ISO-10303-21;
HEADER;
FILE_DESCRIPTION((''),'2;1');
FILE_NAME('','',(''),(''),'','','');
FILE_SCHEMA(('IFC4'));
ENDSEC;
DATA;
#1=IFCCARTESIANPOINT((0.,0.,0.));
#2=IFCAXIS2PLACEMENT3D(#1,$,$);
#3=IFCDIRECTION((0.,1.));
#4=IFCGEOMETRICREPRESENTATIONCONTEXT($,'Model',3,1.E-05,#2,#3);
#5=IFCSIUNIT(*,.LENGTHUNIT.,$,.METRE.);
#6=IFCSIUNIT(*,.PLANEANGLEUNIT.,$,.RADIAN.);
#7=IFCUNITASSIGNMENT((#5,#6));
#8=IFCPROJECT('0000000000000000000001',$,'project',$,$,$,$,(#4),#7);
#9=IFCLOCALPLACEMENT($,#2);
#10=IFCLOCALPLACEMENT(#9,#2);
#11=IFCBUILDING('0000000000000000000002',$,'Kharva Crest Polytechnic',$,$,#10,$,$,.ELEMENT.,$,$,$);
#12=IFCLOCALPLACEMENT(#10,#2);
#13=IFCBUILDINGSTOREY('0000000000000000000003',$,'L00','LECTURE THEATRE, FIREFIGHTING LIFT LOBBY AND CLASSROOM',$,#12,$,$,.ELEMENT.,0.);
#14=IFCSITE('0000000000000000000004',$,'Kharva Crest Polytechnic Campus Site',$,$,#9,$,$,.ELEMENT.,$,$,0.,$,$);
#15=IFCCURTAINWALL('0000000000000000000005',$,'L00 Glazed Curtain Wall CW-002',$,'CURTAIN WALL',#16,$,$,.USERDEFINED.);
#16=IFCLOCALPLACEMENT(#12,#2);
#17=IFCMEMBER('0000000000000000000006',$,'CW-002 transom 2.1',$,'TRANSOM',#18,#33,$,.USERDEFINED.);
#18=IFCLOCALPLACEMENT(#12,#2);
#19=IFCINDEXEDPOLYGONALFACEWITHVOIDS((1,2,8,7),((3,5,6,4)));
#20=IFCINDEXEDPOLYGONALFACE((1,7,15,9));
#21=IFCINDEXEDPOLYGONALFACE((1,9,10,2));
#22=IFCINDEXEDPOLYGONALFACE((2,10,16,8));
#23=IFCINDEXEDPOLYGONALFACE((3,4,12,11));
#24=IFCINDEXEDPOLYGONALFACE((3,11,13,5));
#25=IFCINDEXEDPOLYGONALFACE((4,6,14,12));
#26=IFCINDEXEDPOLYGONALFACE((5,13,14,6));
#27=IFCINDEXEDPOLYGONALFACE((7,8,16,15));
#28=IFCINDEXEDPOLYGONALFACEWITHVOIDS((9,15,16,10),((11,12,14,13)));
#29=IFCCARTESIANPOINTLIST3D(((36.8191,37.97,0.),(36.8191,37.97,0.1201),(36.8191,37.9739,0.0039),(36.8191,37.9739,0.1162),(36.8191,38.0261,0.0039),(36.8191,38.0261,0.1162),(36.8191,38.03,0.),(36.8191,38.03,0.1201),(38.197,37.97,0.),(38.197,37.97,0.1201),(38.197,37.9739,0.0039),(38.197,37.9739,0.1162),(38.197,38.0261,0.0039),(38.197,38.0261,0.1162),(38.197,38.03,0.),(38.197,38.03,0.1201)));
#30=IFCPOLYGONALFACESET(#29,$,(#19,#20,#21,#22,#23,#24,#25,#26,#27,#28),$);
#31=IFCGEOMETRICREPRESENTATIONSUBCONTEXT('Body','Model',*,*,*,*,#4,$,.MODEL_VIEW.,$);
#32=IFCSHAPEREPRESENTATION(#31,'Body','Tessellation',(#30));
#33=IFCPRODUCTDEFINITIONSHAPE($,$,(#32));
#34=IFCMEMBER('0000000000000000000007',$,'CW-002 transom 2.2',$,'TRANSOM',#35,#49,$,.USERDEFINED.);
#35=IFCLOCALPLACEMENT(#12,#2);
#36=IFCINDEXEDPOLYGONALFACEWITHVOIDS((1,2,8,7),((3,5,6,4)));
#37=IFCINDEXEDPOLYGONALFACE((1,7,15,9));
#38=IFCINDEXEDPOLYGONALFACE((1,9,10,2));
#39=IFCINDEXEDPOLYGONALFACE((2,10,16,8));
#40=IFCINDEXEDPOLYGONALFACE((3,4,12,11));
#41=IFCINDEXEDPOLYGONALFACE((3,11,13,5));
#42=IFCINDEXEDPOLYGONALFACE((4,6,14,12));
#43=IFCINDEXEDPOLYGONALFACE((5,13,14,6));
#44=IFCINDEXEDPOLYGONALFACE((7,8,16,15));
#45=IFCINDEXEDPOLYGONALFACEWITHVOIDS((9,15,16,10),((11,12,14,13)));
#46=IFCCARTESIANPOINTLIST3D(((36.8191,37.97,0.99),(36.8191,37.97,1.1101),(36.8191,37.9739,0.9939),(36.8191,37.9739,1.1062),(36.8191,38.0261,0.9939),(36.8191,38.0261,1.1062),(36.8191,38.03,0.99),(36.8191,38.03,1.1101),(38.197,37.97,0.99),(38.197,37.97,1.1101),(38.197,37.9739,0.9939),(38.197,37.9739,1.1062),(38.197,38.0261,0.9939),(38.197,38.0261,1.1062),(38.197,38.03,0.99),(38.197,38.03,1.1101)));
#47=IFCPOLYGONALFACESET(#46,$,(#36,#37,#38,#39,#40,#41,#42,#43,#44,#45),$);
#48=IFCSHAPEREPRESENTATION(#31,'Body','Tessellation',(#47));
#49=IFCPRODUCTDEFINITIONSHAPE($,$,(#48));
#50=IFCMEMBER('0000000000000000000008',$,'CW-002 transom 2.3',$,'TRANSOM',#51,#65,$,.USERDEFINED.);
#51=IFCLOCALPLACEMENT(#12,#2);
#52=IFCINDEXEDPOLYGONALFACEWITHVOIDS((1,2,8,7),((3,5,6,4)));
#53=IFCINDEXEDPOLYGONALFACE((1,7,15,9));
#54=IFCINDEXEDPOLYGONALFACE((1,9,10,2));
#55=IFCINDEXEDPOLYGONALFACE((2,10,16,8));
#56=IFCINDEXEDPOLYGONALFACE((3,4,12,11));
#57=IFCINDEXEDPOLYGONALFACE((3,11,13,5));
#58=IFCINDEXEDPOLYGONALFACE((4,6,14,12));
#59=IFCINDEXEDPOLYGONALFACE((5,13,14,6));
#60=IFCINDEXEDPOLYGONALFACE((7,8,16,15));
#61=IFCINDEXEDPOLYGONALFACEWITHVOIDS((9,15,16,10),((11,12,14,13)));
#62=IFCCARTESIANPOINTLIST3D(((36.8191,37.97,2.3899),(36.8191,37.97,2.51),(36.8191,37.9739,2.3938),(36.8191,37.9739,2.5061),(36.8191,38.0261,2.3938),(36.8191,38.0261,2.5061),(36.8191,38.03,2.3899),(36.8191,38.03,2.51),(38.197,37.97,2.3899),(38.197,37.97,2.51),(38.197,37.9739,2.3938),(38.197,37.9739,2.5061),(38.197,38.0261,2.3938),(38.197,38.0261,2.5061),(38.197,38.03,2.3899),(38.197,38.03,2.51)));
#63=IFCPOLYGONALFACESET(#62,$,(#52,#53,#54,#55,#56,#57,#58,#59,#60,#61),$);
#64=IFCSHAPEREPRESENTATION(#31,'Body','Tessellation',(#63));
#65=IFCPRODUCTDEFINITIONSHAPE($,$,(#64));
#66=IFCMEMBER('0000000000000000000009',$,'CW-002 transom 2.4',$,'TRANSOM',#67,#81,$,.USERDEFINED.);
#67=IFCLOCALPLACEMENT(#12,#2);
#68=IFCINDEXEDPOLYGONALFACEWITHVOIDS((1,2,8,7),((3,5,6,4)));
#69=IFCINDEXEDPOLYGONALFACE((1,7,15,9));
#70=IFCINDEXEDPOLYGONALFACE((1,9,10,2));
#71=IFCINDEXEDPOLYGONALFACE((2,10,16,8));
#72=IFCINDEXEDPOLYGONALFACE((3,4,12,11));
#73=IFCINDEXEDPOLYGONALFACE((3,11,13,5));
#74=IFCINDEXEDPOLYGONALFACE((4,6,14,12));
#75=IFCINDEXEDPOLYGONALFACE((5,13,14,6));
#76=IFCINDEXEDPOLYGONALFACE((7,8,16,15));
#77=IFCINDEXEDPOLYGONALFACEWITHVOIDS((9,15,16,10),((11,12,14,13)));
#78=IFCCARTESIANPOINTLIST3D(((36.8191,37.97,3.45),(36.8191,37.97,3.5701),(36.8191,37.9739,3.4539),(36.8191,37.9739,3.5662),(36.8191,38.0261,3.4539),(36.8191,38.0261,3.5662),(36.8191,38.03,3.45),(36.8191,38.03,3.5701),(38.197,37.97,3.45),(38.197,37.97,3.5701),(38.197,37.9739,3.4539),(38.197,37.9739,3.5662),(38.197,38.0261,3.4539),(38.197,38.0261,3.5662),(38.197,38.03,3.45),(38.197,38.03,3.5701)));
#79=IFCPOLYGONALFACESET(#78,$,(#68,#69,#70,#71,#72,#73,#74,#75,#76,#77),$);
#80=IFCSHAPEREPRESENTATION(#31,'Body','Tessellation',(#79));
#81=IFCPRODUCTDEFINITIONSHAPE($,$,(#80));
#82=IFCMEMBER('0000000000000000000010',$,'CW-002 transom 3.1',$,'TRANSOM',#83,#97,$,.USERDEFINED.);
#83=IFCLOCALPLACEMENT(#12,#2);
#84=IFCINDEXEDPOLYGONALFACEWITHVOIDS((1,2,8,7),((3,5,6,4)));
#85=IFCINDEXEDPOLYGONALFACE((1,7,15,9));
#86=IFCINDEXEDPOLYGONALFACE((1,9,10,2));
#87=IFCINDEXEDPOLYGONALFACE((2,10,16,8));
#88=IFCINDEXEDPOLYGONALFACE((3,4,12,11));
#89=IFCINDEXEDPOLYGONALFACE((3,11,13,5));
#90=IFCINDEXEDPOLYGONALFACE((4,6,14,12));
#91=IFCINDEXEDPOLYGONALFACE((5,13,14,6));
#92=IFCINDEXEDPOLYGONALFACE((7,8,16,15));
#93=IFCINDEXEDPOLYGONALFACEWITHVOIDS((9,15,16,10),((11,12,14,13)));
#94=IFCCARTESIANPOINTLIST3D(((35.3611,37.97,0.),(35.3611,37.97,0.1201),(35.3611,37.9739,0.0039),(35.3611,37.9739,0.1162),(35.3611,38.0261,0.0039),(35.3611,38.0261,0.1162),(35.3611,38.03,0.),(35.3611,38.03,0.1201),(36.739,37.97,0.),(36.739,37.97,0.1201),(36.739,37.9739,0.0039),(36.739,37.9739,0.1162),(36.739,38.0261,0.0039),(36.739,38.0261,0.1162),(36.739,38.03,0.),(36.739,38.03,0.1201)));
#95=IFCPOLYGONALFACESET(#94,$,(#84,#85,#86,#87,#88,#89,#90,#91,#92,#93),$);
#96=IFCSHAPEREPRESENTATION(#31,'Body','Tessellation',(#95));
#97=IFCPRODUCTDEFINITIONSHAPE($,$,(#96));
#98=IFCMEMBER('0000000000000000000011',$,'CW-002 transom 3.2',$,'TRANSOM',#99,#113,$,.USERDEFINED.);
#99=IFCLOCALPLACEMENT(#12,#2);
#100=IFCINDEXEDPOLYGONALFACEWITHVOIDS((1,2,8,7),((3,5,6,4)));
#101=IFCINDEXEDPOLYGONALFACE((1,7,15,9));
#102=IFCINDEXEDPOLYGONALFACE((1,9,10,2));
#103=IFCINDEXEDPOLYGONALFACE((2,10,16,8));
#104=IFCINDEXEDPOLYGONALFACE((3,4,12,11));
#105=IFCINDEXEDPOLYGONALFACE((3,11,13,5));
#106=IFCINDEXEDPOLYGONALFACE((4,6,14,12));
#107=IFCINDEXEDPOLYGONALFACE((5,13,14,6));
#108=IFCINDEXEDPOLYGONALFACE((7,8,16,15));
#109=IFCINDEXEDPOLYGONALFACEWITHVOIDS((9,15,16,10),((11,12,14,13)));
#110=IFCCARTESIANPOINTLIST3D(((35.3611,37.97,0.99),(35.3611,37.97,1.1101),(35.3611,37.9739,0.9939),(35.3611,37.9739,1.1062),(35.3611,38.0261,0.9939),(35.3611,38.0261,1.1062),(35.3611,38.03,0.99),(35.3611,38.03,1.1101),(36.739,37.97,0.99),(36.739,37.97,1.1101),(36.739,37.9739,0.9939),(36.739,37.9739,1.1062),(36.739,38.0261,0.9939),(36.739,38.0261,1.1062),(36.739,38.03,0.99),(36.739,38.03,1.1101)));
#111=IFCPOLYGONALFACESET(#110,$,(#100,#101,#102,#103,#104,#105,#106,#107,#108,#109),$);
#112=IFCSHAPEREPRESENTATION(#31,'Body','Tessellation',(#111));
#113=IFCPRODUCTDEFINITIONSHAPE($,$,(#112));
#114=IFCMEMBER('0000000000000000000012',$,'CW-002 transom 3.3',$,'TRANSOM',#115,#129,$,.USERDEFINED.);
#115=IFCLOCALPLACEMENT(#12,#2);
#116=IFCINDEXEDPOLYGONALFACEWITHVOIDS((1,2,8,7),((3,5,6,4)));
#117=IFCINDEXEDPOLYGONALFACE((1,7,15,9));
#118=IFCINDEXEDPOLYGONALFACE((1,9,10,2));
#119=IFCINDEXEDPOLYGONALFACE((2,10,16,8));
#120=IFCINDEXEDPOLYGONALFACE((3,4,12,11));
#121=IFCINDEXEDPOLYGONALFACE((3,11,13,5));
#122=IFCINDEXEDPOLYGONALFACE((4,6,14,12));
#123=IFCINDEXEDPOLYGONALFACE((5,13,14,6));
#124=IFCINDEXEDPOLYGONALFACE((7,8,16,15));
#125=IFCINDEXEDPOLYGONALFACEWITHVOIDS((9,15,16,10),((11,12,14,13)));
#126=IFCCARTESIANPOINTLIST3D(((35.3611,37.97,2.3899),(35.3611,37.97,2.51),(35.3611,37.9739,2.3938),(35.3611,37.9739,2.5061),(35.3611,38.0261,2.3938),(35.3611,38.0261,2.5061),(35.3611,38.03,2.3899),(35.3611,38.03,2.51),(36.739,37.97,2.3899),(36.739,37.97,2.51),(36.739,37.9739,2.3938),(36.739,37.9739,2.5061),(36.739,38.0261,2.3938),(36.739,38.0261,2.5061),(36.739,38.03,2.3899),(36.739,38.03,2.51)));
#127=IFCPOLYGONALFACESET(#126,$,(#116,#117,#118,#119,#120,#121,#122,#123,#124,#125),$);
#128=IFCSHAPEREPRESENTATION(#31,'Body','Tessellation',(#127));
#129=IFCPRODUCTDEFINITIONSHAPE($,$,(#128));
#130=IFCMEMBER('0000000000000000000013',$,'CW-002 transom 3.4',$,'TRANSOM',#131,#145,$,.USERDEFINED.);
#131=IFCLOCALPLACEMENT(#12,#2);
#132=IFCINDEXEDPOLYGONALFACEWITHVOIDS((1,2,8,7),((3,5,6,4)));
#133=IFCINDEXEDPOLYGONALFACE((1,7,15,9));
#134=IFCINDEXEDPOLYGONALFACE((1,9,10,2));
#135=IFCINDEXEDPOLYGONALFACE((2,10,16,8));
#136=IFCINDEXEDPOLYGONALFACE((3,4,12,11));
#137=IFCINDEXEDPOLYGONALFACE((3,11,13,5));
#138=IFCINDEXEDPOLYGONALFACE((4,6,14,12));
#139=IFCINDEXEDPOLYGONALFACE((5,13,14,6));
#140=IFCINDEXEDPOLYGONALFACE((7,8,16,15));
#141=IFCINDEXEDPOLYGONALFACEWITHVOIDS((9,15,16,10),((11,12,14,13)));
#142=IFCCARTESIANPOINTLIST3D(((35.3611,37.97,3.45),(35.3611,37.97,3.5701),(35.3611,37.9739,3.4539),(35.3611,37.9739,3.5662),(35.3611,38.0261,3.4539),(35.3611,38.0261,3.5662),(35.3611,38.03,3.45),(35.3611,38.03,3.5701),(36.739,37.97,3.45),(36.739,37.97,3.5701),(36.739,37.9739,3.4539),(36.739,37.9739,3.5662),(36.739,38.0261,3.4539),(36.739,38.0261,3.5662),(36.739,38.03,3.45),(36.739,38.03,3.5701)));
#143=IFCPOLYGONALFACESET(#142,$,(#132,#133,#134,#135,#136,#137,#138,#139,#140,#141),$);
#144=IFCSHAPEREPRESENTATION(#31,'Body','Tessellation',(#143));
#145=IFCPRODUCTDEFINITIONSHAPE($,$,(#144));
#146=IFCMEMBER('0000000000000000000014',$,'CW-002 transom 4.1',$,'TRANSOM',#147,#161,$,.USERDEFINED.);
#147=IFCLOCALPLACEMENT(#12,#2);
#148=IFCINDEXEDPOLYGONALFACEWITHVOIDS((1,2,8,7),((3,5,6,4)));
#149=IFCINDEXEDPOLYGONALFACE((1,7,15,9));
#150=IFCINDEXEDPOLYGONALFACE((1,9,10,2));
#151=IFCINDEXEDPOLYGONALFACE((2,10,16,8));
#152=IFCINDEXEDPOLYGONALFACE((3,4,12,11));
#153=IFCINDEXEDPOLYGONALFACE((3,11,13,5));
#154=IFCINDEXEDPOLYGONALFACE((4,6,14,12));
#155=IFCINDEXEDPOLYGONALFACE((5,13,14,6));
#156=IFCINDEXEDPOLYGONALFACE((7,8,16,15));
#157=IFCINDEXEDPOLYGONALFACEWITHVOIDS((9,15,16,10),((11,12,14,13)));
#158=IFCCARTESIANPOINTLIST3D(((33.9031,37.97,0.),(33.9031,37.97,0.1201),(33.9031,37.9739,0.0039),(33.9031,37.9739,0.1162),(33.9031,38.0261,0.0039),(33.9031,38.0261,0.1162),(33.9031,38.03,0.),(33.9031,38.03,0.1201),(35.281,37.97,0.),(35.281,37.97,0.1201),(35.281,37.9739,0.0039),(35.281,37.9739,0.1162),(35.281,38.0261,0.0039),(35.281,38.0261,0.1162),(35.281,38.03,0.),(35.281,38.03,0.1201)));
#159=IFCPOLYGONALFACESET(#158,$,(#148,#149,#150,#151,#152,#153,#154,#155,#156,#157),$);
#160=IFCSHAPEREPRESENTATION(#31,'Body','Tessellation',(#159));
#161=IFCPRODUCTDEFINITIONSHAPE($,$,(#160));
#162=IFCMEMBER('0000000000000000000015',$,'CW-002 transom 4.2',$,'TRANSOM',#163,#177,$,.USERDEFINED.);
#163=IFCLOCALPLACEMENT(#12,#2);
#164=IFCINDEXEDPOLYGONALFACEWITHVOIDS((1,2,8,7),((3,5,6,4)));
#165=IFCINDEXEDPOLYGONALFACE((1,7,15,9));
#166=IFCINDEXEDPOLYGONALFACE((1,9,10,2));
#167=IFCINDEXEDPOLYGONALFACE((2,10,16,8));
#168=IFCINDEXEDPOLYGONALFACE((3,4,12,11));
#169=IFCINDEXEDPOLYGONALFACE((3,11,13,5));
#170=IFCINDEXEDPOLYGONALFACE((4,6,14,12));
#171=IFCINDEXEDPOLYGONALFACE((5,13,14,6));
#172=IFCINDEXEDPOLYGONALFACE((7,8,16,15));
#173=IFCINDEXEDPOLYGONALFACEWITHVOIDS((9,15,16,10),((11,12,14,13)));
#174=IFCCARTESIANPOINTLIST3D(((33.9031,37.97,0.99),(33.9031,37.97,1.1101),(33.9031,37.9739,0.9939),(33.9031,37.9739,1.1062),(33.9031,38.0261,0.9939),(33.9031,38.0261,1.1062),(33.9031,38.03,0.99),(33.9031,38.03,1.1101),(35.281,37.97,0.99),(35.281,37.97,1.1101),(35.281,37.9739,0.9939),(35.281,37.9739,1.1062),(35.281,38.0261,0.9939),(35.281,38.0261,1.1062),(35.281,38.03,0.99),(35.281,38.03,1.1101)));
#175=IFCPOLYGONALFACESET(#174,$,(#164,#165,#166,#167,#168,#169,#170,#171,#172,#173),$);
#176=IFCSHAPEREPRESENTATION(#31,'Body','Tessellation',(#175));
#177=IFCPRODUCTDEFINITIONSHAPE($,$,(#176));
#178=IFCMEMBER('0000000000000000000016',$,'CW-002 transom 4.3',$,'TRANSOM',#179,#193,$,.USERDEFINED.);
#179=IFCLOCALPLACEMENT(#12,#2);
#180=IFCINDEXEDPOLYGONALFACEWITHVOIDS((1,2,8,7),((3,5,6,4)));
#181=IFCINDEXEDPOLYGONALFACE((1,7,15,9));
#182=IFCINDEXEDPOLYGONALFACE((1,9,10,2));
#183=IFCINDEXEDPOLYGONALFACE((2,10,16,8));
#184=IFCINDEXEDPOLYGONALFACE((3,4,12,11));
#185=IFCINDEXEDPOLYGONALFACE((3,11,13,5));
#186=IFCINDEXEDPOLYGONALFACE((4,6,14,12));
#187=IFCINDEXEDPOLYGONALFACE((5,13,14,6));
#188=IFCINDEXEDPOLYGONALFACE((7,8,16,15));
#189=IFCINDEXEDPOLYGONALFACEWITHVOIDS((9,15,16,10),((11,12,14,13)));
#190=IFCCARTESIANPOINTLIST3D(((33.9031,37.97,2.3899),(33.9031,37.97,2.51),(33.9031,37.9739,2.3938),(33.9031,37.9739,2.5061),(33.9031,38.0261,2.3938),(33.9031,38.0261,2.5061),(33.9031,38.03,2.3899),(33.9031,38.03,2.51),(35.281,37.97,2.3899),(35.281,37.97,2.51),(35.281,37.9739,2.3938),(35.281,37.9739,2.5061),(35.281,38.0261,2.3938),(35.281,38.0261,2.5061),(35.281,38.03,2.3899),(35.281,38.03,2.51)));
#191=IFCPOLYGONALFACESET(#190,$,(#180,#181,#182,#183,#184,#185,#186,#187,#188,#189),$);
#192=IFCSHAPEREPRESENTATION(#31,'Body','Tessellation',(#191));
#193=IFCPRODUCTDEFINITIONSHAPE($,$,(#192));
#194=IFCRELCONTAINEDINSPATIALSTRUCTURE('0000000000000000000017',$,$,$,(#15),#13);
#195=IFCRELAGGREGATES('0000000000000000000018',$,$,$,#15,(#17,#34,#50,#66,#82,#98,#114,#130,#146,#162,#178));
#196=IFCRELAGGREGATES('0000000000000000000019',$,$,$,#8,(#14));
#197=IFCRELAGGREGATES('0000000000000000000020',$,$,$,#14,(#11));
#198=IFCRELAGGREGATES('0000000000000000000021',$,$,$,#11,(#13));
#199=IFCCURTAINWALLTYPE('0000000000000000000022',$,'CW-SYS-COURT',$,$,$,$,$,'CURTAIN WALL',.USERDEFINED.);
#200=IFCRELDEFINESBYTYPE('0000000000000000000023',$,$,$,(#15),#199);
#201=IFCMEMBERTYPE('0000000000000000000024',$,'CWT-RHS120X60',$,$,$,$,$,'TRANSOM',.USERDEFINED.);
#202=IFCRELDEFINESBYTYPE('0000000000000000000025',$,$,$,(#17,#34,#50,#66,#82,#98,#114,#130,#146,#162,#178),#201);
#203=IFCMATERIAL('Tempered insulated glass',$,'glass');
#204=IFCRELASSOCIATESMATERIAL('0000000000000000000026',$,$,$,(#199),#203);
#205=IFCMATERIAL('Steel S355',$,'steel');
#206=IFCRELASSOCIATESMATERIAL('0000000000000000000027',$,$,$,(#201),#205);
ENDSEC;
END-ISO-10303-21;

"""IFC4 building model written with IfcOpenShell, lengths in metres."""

from ifc_helpers import new_model, si_unit, direction, frame, origin, origin_2d, place, context, subcontext, project, spatial, hollow_rectangle, extrude, material, material_profile, profile_set, type_object, element, aggregate, save


model = new_model("IFC4")

# Units and contexts
model_context = context("Model", 3, precision=1e-05, world=origin(), true_north=direction((0.0, 1.0)))
body_context = subcontext(model_context, "Body", "Model", "MODEL_VIEW")
ifc_project = project(units=[si_unit("LENGTHUNIT", "METRE"), si_unit("PLANEANGLEUNIT", "RADIAN")], contexts=[model_context])

# Site, building, storey
site_placement = place(None, origin())
site = spatial("IfcSite", under=ifc_project, at=site_placement, Name="Kharva Crest Polytechnic Campus Site", CompositionType="ELEMENT", RefElevation=0.0)
building_placement = place(site_placement, origin())
building = spatial("IfcBuilding", under=site, at=building_placement, Name="Kharva Crest Polytechnic", CompositionType="ELEMENT")
storey_placement = place(building_placement, origin())
storey = spatial("IfcBuildingStorey", under=building, at=storey_placement, Name="L00", Description="LECTURE THEATRE, FIREFIGHTING LIFT LOBBY AND CLASSROOM", CompositionType="ELEMENT", Elevation=0.0)

# Curtain wall, members
ifc_material_1 = material(Name="Tempered insulated glass", Category="glass")
curtain_wall_type = type_object("IfcCurtainWallType", Name="CW-SYS-COURT", ElementType="CURTAIN WALL", PredefinedType="USERDEFINED", material=ifc_material_1)
curtain_wall_placement = place(storey_placement, origin())
curtain_wall = element("IfcCurtainWall", 1, at=curtain_wall_placement, inside=storey, type_object=curtain_wall_type, Name="L00 Glazed Curtain Wall CW-002", ObjectType="CURTAIN WALL", PredefinedType="USERDEFINED")
ifc_material_2 = material(Name="Steel S355", Category="steel")
ifc_material_profile_1 = material_profile(ifc_material_2, hollow_rectangle(XDim=0.0601, YDim=0.1201, WallThickness=0.0039, at=origin_2d()), Name="RHS 120X60X4.0")
ifc_profile_set_1 = profile_set([ifc_material_profile_1], Name="Steel S355")
member_type_1 = type_object("IfcMemberType", Name="CWT-RHS120X60", ElementType="TRANSOM", PredefinedType="USERDEFINED", material=ifc_profile_set_1)
member_1_placement = place(storey_placement, frame((38.197, 38.0, 0.0601), z_axis=(-1.0, 0.0, 0.0), x_axis=(0.0, -1.0, 0.0)))
member_1 = element("IfcMember", 2, at=member_1_placement, type_object=member_type_1, Name="CW-002 transom 2.1", ObjectType="TRANSOM", PredefinedType="USERDEFINED", context=body_context, shape_type="SweptSolid", body=[
    extrude(hollow_rectangle(XDim=0.0601, YDim=0.1201, WallThickness=0.0039, at=origin_2d()), origin(), (0.0, 0.0, 1.0), 1.3779),
])
member_2_placement = place(storey_placement, frame((38.197, 38.0, 1.05), z_axis=(-1.0, 0.0, 0.0), x_axis=(0.0, -1.0, 0.0)))
member_2 = element("IfcMember", 3, at=member_2_placement, type_object=member_type_1, Name="CW-002 transom 2.2", ObjectType="TRANSOM", PredefinedType="USERDEFINED", context=body_context, shape_type="SweptSolid", body=[
    extrude(hollow_rectangle(XDim=0.0601, YDim=0.1201, WallThickness=0.0039, at=origin_2d()), origin(), (0.0, 0.0, 1.0), 1.3779),
])
member_3_placement = place(storey_placement, frame((38.197, 38.0, 2.45), z_axis=(-1.0, 0.0, 0.0), x_axis=(0.0, -1.0, 0.0)))
member_3 = element("IfcMember", 4, at=member_3_placement, type_object=member_type_1, Name="CW-002 transom 2.3", ObjectType="TRANSOM", PredefinedType="USERDEFINED", context=body_context, shape_type="SweptSolid", body=[
    extrude(hollow_rectangle(XDim=0.0601, YDim=0.1201, WallThickness=0.0039, at=origin_2d()), origin(), (0.0, 0.0, 1.0), 1.3779),
])
member_4_placement = place(storey_placement, frame((38.197, 38.0, 3.51), z_axis=(-1.0, 0.0, 0.0), x_axis=(0.0, -1.0, 0.0)))
member_4 = element("IfcMember", 5, at=member_4_placement, type_object=member_type_1, Name="CW-002 transom 2.4", ObjectType="TRANSOM", PredefinedType="USERDEFINED", context=body_context, shape_type="SweptSolid", body=[
    extrude(hollow_rectangle(XDim=0.0601, YDim=0.1201, WallThickness=0.0039, at=origin_2d()), origin(), (0.0, 0.0, 1.0), 1.3779),
])
member_5_placement = place(storey_placement, frame((36.739, 38.0, 0.0601), z_axis=(-1.0, 0.0, 0.0), x_axis=(0.0, -1.0, 0.0)))
member_5 = element("IfcMember", 6, at=member_5_placement, type_object=member_type_1, Name="CW-002 transom 3.1", ObjectType="TRANSOM", PredefinedType="USERDEFINED", context=body_context, shape_type="SweptSolid", body=[
    extrude(hollow_rectangle(XDim=0.0601, YDim=0.1201, WallThickness=0.0039, at=origin_2d()), origin(), (0.0, 0.0, 1.0), 1.3779),
])
member_6_placement = place(storey_placement, frame((36.739, 38.0, 1.05), z_axis=(-1.0, 0.0, 0.0), x_axis=(0.0, -1.0, 0.0)))
member_6 = element("IfcMember", 7, at=member_6_placement, type_object=member_type_1, Name="CW-002 transom 3.2", ObjectType="TRANSOM", PredefinedType="USERDEFINED", context=body_context, shape_type="SweptSolid", body=[
    extrude(hollow_rectangle(XDim=0.0601, YDim=0.1201, WallThickness=0.0039, at=origin_2d()), origin(), (0.0, 0.0, 1.0), 1.3779),
])
member_7_placement = place(storey_placement, frame((36.739, 38.0, 2.45), z_axis=(-1.0, 0.0, 0.0), x_axis=(0.0, -1.0, 0.0)))
member_7 = element("IfcMember", 8, at=member_7_placement, type_object=member_type_1, Name="CW-002 transom 3.3", ObjectType="TRANSOM", PredefinedType="USERDEFINED", context=body_context, shape_type="SweptSolid", body=[
    extrude(hollow_rectangle(XDim=0.0601, YDim=0.1201, WallThickness=0.0039, at=origin_2d()), origin(), (0.0, 0.0, 1.0), 1.3779),
])
member_8_placement = place(storey_placement, frame((36.739, 38.0, 3.51), z_axis=(-1.0, 0.0, 0.0), x_axis=(0.0, -1.0, 0.0)))
member_8 = element("IfcMember", 9, at=member_8_placement, type_object=member_type_1, Name="CW-002 transom 3.4", ObjectType="TRANSOM", PredefinedType="USERDEFINED", context=body_context, shape_type="SweptSolid", body=[
    extrude(hollow_rectangle(XDim=0.0601, YDim=0.1201, WallThickness=0.0039, at=origin_2d()), origin(), (0.0, 0.0, 1.0), 1.3779),
])
member_9_placement = place(storey_placement, frame((35.281, 38.0, 0.0601), z_axis=(-1.0, 0.0, 0.0), x_axis=(0.0, -1.0, 0.0)))
member_9 = element("IfcMember", 10, at=member_9_placement, type_object=member_type_1, Name="CW-002 transom 4.1", ObjectType="TRANSOM", PredefinedType="USERDEFINED", context=body_context, shape_type="SweptSolid", body=[
    extrude(hollow_rectangle(XDim=0.0601, YDim=0.1201, WallThickness=0.0039, at=origin_2d()), origin(), (0.0, 0.0, 1.0), 1.3779),
])
member_10_placement = place(storey_placement, frame((35.281, 38.0, 1.05), z_axis=(-1.0, 0.0, 0.0), x_axis=(0.0, -1.0, 0.0)))
member_10 = element("IfcMember", 11, at=member_10_placement, type_object=member_type_1, Name="CW-002 transom 4.2", ObjectType="TRANSOM", PredefinedType="USERDEFINED", context=body_context, shape_type="SweptSolid", body=[
    extrude(hollow_rectangle(XDim=0.0601, YDim=0.1201, WallThickness=0.0039, at=origin_2d()), origin(), (0.0, 0.0, 1.0), 1.3779),
])
member_11_placement = place(storey_placement, frame((35.281, 38.0, 2.45), z_axis=(-1.0, 0.0, 0.0), x_axis=(0.0, -1.0, 0.0)))
member_11 = element("IfcMember", 12, at=member_11_placement, type_object=member_type_1, Name="CW-002 transom 4.3", ObjectType="TRANSOM", PredefinedType="USERDEFINED", context=body_context, shape_type="SweptSolid", body=[
    extrude(hollow_rectangle(XDim=0.0601, YDim=0.1201, WallThickness=0.0039, at=origin_2d()), origin(), (0.0, 0.0, 1.0), 1.3779),
])
aggregate(curtain_wall, [member_1, member_2, member_3, member_4, member_5, member_6, member_7, member_8, member_9, member_10, member_11])

save(model, "model.ifc")
